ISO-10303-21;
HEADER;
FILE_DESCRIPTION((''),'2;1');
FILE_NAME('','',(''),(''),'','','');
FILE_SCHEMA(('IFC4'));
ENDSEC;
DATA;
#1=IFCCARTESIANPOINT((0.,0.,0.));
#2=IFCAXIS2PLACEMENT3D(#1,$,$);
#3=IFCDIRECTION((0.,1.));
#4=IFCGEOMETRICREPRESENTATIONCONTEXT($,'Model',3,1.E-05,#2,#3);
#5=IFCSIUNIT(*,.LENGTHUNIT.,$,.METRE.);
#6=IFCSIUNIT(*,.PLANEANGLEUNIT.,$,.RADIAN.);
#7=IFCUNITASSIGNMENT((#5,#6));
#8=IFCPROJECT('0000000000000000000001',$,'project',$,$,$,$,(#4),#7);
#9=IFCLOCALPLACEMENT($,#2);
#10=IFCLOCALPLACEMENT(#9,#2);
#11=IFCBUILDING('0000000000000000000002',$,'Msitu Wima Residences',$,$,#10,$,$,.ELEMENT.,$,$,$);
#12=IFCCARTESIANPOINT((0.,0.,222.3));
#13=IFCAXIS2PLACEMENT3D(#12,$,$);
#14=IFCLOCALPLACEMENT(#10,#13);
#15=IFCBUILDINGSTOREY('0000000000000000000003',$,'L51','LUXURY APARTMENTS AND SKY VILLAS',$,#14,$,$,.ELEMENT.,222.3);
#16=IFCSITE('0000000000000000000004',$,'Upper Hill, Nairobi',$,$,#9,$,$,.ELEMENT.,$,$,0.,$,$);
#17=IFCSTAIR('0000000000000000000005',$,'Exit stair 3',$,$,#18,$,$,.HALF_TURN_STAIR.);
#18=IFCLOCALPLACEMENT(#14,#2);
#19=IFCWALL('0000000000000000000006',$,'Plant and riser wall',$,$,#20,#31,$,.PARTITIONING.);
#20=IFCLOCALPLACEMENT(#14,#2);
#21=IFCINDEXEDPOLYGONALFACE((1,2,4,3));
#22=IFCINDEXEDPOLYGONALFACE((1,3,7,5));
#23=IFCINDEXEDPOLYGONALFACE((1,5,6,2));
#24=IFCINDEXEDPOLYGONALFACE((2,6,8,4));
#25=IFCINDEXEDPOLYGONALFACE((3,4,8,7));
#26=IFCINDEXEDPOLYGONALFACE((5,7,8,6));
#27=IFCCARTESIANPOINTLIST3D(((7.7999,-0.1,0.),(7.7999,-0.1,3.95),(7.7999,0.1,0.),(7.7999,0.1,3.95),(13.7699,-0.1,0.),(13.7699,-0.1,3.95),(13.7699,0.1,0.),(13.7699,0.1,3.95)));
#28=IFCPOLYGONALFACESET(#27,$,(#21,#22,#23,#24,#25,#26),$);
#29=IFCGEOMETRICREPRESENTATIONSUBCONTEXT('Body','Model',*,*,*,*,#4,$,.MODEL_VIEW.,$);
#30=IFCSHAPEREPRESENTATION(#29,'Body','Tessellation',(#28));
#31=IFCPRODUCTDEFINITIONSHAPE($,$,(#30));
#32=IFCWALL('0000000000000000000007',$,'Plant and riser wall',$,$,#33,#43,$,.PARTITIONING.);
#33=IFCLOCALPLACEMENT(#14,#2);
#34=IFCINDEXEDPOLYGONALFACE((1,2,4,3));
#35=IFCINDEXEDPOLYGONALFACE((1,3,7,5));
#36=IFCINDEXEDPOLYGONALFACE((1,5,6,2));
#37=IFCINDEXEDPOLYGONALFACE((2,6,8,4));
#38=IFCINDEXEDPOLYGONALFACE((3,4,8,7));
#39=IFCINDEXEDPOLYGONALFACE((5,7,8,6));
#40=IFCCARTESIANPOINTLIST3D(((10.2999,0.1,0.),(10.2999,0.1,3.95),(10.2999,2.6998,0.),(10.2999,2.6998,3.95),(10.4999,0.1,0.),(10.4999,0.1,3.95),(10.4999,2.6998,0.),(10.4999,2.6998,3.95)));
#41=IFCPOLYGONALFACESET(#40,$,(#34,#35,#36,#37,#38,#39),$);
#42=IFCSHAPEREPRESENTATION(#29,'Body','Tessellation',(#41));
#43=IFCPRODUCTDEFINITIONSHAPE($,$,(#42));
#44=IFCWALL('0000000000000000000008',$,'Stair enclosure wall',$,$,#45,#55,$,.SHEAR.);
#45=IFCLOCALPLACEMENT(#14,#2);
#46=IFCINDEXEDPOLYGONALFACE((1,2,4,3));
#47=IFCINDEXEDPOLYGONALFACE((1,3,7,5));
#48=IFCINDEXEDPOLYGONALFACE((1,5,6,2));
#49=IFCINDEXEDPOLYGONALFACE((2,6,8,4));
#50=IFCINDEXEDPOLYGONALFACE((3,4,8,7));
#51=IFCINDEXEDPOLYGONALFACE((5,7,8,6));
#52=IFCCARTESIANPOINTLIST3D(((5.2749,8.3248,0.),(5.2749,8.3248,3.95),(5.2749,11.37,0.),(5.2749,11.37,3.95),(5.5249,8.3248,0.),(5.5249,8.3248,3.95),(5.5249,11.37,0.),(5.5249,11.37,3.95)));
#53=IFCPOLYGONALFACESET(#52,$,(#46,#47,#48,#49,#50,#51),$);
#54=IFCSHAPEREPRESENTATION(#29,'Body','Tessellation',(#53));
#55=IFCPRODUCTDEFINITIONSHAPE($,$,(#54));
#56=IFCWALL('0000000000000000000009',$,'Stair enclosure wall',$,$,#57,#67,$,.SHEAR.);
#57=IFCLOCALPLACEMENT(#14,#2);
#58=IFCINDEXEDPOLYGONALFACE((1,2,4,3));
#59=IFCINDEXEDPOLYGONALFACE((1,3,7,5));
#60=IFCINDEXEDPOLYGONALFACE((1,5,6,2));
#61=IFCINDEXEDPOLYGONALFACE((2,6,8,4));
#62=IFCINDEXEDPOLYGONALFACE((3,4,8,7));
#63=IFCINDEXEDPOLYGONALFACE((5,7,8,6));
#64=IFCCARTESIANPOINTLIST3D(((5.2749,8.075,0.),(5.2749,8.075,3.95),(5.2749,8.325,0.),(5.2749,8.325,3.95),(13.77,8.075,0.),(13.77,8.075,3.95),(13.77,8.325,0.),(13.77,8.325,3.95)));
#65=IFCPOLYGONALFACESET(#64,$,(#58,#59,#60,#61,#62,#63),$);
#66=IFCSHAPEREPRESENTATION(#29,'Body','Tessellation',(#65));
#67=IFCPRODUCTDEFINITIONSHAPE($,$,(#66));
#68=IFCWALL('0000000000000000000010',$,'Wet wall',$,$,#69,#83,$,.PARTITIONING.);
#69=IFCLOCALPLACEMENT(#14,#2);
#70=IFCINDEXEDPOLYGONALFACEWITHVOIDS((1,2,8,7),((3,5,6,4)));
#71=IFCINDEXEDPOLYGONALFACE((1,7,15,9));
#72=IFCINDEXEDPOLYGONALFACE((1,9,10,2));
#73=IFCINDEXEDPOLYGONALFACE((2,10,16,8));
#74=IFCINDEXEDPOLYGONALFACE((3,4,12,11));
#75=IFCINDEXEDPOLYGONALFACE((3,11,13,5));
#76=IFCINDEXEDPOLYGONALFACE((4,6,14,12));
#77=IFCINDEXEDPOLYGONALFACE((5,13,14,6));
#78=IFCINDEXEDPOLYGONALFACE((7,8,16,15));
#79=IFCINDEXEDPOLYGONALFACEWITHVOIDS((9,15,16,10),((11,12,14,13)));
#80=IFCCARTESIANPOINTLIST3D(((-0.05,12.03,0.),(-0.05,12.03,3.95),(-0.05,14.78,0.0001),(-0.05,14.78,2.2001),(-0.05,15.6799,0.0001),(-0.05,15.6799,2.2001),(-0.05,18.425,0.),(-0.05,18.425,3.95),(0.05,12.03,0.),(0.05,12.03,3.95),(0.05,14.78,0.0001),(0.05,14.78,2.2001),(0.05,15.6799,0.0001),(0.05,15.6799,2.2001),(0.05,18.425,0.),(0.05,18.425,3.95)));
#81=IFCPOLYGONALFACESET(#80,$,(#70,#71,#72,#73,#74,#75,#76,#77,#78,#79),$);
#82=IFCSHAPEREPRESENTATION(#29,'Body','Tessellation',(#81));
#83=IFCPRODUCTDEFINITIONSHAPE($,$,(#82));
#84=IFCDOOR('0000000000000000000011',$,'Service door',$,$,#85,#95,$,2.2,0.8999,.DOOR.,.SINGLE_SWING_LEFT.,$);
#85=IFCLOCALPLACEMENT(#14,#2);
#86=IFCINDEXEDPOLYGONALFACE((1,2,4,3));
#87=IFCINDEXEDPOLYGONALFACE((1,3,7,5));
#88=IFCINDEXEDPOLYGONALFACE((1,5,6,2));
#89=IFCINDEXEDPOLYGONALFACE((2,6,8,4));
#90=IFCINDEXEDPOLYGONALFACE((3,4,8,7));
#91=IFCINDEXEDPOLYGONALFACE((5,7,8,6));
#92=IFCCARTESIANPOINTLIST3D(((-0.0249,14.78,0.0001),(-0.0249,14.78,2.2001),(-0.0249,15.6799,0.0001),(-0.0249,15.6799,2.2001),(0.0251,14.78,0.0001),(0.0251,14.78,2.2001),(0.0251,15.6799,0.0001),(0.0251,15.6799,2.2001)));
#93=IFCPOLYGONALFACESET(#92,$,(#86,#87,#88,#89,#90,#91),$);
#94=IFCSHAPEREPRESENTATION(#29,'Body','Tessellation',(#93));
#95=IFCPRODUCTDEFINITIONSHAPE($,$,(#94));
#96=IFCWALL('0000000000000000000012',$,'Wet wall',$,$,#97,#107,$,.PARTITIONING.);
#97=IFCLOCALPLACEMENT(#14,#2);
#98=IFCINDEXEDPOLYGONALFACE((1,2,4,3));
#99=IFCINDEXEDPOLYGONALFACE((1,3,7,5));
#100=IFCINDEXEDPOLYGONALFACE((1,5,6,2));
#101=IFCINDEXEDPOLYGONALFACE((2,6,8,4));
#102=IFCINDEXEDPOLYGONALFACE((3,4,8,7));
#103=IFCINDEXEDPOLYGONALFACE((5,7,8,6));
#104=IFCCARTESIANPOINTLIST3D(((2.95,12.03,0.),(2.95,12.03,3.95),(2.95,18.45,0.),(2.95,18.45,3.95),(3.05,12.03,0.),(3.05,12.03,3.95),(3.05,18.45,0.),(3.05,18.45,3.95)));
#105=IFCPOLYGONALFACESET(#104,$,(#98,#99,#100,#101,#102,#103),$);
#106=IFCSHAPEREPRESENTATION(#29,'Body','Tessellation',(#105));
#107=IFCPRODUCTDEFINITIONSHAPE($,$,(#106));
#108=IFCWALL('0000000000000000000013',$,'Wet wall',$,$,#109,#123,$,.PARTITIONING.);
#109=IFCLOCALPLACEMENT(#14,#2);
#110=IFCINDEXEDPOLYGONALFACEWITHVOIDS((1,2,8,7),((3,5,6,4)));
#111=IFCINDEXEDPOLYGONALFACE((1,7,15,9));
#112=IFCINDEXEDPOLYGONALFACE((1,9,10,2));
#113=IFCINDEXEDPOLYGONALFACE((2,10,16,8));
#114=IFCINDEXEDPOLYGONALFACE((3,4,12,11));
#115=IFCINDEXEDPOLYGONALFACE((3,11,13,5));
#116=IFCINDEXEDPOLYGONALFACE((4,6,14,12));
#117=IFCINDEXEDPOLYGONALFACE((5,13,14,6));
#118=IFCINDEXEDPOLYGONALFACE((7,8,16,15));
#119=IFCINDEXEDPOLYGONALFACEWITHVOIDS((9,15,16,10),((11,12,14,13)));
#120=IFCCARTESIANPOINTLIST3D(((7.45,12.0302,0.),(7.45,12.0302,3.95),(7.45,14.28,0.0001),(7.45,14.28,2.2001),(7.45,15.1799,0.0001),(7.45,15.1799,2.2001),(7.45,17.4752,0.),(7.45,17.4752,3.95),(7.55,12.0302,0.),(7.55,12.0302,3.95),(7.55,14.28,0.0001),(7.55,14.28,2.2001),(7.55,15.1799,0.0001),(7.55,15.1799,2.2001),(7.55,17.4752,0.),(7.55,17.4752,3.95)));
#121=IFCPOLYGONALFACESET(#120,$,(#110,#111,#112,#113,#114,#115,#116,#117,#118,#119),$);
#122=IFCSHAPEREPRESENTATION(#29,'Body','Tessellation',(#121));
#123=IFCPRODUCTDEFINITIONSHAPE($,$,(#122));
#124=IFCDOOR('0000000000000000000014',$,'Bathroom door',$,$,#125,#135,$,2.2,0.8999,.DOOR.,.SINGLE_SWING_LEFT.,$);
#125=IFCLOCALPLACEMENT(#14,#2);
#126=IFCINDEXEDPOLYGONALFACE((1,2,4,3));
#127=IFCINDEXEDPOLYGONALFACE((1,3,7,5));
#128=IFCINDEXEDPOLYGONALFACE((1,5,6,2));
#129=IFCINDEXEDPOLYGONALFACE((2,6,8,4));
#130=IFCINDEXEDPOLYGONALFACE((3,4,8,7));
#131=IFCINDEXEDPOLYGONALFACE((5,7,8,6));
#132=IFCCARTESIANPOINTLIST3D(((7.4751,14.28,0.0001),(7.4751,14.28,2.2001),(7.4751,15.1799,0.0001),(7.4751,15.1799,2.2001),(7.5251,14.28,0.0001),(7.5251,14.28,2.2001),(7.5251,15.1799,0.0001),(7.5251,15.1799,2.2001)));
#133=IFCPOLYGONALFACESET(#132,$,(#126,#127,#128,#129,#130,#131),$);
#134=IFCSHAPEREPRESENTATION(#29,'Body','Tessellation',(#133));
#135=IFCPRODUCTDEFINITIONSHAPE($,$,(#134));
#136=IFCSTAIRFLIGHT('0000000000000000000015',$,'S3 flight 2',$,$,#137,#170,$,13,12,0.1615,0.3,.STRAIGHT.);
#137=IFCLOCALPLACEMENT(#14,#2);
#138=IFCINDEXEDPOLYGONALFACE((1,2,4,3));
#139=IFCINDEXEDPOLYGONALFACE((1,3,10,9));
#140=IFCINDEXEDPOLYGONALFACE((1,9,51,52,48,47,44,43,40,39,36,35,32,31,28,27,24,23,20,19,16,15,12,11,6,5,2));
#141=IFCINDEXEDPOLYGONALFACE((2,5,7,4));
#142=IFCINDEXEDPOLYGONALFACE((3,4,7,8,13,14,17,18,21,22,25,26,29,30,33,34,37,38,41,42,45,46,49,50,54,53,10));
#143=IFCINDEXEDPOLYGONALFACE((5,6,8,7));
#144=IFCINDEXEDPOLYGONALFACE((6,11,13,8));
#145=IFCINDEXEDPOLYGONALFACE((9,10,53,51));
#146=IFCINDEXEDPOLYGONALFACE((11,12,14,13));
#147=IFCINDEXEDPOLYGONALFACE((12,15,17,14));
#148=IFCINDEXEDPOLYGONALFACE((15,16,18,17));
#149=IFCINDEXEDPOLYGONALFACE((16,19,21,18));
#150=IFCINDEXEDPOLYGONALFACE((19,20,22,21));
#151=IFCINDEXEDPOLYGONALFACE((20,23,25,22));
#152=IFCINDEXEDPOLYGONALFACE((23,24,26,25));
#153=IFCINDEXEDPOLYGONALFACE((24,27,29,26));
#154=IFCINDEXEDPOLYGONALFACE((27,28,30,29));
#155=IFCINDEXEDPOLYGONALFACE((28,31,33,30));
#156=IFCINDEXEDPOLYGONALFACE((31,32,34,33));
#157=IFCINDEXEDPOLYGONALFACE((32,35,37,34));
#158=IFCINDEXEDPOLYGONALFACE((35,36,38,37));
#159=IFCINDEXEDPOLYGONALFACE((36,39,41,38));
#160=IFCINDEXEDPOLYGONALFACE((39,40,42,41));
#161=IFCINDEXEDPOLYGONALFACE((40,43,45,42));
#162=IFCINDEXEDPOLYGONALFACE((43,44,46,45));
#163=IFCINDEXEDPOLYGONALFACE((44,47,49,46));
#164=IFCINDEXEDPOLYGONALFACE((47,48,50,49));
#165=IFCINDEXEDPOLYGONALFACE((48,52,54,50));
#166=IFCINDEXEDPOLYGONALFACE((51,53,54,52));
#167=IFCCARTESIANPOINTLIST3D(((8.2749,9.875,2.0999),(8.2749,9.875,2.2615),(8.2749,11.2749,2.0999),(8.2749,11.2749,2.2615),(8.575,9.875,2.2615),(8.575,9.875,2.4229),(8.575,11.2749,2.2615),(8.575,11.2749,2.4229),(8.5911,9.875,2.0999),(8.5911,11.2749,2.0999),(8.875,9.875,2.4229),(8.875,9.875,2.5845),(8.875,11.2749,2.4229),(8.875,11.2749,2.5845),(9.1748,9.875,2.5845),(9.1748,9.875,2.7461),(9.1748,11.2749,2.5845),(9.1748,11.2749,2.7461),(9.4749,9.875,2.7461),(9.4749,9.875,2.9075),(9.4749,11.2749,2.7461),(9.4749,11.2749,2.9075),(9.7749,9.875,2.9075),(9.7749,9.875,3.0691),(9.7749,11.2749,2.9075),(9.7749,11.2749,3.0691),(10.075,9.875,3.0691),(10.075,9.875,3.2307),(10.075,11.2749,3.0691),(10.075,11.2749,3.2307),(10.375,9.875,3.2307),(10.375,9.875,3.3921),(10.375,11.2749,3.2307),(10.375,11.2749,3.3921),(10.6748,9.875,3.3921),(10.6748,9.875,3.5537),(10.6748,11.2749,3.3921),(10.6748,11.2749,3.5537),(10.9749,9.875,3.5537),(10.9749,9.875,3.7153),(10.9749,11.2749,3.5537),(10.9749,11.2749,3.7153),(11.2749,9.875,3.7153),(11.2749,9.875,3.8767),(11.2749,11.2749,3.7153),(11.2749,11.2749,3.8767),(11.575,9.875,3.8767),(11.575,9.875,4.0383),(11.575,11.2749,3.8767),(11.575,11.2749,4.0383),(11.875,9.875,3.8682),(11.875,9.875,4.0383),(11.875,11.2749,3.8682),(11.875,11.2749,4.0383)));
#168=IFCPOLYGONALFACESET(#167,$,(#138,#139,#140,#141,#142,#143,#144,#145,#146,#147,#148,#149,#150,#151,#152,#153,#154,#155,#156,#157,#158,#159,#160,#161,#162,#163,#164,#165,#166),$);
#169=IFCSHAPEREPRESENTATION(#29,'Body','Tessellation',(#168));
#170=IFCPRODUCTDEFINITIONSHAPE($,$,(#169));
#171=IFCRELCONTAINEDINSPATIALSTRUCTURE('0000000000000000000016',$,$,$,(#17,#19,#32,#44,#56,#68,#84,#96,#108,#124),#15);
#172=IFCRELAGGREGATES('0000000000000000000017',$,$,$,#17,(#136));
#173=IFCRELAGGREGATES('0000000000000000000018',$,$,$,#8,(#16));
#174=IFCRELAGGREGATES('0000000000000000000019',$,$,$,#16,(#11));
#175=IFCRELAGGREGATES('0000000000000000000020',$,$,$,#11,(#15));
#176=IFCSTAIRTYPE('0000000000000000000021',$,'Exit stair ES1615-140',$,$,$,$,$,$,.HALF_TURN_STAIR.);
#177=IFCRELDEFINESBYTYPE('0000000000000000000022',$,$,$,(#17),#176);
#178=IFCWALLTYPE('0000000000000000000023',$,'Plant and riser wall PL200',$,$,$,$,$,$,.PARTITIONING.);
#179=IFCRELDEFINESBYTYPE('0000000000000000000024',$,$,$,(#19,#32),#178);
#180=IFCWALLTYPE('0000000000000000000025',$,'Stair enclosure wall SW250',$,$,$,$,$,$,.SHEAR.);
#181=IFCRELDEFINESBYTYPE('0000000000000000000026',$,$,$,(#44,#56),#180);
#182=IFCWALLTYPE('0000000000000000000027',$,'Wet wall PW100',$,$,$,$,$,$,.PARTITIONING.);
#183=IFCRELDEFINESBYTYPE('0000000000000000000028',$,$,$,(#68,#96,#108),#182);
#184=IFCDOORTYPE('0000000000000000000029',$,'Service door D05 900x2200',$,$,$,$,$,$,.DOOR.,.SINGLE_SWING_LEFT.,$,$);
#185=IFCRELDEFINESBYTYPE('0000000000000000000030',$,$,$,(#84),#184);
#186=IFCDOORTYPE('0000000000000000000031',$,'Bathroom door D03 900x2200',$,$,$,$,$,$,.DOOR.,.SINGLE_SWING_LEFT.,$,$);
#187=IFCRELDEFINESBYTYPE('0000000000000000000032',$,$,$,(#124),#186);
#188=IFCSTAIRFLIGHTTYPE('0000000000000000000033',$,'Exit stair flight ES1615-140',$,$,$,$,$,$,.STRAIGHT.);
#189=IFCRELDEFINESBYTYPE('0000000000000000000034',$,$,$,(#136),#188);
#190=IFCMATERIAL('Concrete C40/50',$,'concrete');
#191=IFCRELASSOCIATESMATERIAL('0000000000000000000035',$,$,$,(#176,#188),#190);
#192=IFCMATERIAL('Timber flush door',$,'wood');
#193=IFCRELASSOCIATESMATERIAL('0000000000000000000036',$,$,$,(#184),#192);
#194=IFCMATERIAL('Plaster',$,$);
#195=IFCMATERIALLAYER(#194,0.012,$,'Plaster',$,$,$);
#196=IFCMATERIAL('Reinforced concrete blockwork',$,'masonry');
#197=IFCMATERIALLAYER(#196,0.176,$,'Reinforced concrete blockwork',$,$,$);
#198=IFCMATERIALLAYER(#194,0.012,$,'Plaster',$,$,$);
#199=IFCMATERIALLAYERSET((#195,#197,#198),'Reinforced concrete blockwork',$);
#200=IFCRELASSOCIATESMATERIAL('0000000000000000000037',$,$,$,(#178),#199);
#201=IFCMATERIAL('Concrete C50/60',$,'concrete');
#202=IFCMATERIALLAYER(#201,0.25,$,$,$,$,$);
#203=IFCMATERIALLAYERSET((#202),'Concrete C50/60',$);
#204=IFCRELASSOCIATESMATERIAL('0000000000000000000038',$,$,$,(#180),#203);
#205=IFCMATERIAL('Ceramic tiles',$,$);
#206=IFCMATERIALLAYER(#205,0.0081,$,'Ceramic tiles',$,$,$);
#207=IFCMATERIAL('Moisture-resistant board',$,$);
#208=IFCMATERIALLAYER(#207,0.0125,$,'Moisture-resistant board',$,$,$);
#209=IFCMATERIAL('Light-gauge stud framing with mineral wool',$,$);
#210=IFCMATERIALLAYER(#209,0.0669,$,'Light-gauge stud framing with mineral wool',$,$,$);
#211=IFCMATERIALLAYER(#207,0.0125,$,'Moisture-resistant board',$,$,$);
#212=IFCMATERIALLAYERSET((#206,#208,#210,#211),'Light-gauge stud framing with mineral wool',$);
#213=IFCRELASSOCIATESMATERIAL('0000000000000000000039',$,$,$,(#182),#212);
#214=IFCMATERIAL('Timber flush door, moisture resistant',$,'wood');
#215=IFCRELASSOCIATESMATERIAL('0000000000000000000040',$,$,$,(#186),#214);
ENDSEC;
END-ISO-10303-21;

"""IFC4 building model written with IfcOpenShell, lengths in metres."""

from ifc_helpers import new_model, si_unit, direction, frame, frame_2d, origin, place, context, subcontext, project, spatial, polyline, rectangle, outline, extrude, material, layer, layer_set, type_object, element, fill, aggregate, save


model = new_model("IFC4")

# Units and contexts
model_context = context("Model", 3, precision=1e-05, world=origin(), true_north=direction((0.0, 1.0)))
body_context = subcontext(model_context, "Body", "Model", "MODEL_VIEW")
ifc_project = project(units=[si_unit("LENGTHUNIT", "METRE"), si_unit("PLANEANGLEUNIT", "RADIAN")], contexts=[model_context])

# Site, building, storey
site_placement = place(None, origin())
site = spatial("IfcSite", under=ifc_project, at=site_placement, Name="Upper Hill, Nairobi", CompositionType="ELEMENT", RefElevation=0.0)
building_placement = place(site_placement, origin())
building = spatial("IfcBuilding", under=site, at=building_placement, Name="Msitu Wima Residences", CompositionType="ELEMENT")
storey_placement = place(building_placement, frame((0.0, 0.0, 222.3)))
storey = spatial("IfcBuildingStorey", under=building, at=storey_placement, Name="L51", Description="LUXURY APARTMENTS AND SKY VILLAS", CompositionType="ELEMENT", Elevation=222.3)

# Shared definitions
ifc_material_1 = material(Name="Concrete C40/50", Category="concrete")

# Stair
stair_type = type_object("IfcStairType", Name="Exit stair ES1615-140", PredefinedType="HALF_TURN_STAIR", material=ifc_material_1)
stair_1_placement = place(storey_placement, origin())
stair_1 = element("IfcStair", 1, at=stair_1_placement, inside=storey, type_object=stair_type, Name="Exit stair 3", PredefinedType="HALF_TURN_STAIR")

# Shared definitions
ifc_material_2 = material(Name="Plaster")
ifc_material_3 = material(Name="Timber flush door", Category="wood")
door_type_1 = type_object("IfcDoorType", Name="Service door D05 900x2200", OperationType="SINGLE_SWING_LEFT", PredefinedType="DOOR", material=ifc_material_3)

# Walls
ifc_layer_1 = layer(ifc_material_2, 0.012, Name="Plaster")
ifc_material_4 = material(Name="Reinforced concrete blockwork", Category="masonry")
ifc_layer_2 = layer(ifc_material_4, 0.176, Name="Reinforced concrete blockwork")
ifc_layer_3 = layer(ifc_material_2, 0.012, Name="Plaster")
ifc_layer_set_1 = layer_set([ifc_layer_1, ifc_layer_2, ifc_layer_3], Name="Reinforced concrete blockwork")
wall_type_1 = type_object("IfcWallType", Name="Plant and riser wall PL200", PredefinedType="PARTITIONING", material=ifc_layer_set_1)
wall_1_placement = place(storey_placement, frame((7.8, 0.0, 0.0), z_axis=(0.0, 0.0, 1.0), x_axis=(1.0, 0.0, 0.0)))
element("IfcWall", 2, at=wall_1_placement, inside=storey, type_object=wall_type_1, Name="Plant and riser wall", PredefinedType="PARTITIONING", context=body_context, shape_type="SweptSolid", body=[
    extrude(rectangle(XDim=5.97, YDim=0.2, at=frame_2d((2.9849, 0.0))), origin(), (0.0, 0.0, 1.0), 3.95),
])
wall_2_placement = place(storey_placement, frame((10.3999, 0.1001, 0.0), z_axis=(0.0, 0.0, 1.0), x_axis=(0.0, 1.0, 0.0)))
element("IfcWall", 3, at=wall_2_placement, inside=storey, type_object=wall_type_1, Name="Plant and riser wall", PredefinedType="PARTITIONING", context=body_context, shape_type="SweptSolid", body=[
    extrude(rectangle(XDim=2.5999, YDim=0.2, at=frame_2d((1.2998, 0.0))), origin(), (0.0, 0.0, 1.0), 3.95),
])
ifc_material_5 = material(Name="Concrete C50/60", Category="concrete")
ifc_layer_4 = layer(ifc_material_5, 0.25)
ifc_layer_set_2 = layer_set([ifc_layer_4], Name="Concrete C50/60")
wall_type_2 = type_object("IfcWallType", Name="Stair enclosure wall SW250", PredefinedType="SHEAR", material=ifc_layer_set_2)
wall_3_placement = place(storey_placement, frame((5.3999, 8.325, 0.0), z_axis=(0.0, 0.0, 1.0), x_axis=(0.0, 1.0, 0.0)))
element("IfcWall", 4, at=wall_3_placement, inside=storey, type_object=wall_type_2, Name="Stair enclosure wall", PredefinedType="SHEAR", context=body_context, shape_type="SweptSolid", body=[
    extrude(rectangle(XDim=3.0452, YDim=0.25, at=frame_2d((1.5225, 0.0))), origin(), (0.0, 0.0, 1.0), 3.95),
])
wall_4_placement = place(storey_placement, frame((5.2749, 8.2, 0.0), z_axis=(0.0, 0.0, 1.0), x_axis=(1.0, 0.0, 0.0)))
element("IfcWall", 5, at=wall_4_placement, inside=storey, type_object=wall_type_2, Name="Stair enclosure wall", PredefinedType="SHEAR", context=body_context, shape_type="SweptSolid", body=[
    extrude(rectangle(XDim=8.4951, YDim=0.25, at=frame_2d((4.2476, 0.0))), origin(), (0.0, 0.0, 1.0), 3.95),
])

# Wall, opening, door
ifc_material_6 = material(Name="Ceramic tiles")
ifc_layer_5 = layer(ifc_material_6, 0.0081, Name="Ceramic tiles")
ifc_material_7 = material(Name="Moisture-resistant board")
ifc_layer_6 = layer(ifc_material_7, 0.0125, Name="Moisture-resistant board")
ifc_material_8 = material(Name="Light-gauge stud framing with mineral wool")
ifc_layer_7 = layer(ifc_material_8, 0.0669, Name="Light-gauge stud framing with mineral wool")
ifc_layer_8 = layer(ifc_material_7, 0.0125, Name="Moisture-resistant board")
ifc_layer_set_3 = layer_set([ifc_layer_5, ifc_layer_6, ifc_layer_7, ifc_layer_8], Name="Light-gauge stud framing with mineral wool")
wall_type_3 = type_object("IfcWallType", Name="Wet wall PW100", PredefinedType="PARTITIONING", material=ifc_layer_set_3)
wall_5_placement = place(storey_placement, frame((0.0, 12.03, 0.0), z_axis=(0.0, 0.0, 1.0), x_axis=(0.0, 1.0, 0.0)))
wall_5 = element("IfcWall", 6, at=wall_5_placement, inside=storey, type_object=wall_type_3, Name="Wet wall", PredefinedType="PARTITIONING", context=body_context, shape_type="SweptSolid", body=[
    extrude(rectangle(XDim=6.395, YDim=0.1001, at=frame_2d((3.1975, 0.0))), origin(), (0.0, 0.0, 1.0), 3.95),
])
opening_1_placement = place(wall_5_placement, frame((2.75, 0.0, 0.0)))
opening_1 = element("IfcOpeningElement", 7, at=opening_1_placement, cuts=wall_5, PredefinedType="OPENING", context=body_context, shape_type="SweptSolid", body=[
    extrude(rectangle(XDim=0.8999, YDim=2.2, at=frame_2d((0.45, 1.1001))), frame((0.0, 0.0601, 0.0), z_axis=(0.0, -1.0, 0.0), x_axis=(1.0, 0.0, 0.0)), (0.0, 0.0, 1.0), 0.1201),
])
door_1_placement = place(opening_1_placement, origin())
door_1 = element("IfcDoor", 8, at=door_1_placement, inside=storey, type_object=door_type_1, Name="Service door", OperationType="SINGLE_SWING_LEFT", OverallHeight=2.2, OverallWidth=0.8999, PredefinedType="DOOR", context=body_context, shape_type="SweptSolid", body=[
    extrude(rectangle(XDim=0.8999, YDim=2.2, at=frame_2d((0.45, 1.1001))), frame((0.0, 0.0249, 0.0), z_axis=(0.0, -1.0, 0.0), x_axis=(1.0, 0.0, 0.0)), (0.0, 0.0, 1.0), 0.05),
])
fill(opening_1, door_1)

# Wall
wall_6_placement = place(storey_placement, frame((3.0, 12.03, 0.0), z_axis=(0.0, 0.0, 1.0), x_axis=(0.0, 1.0, 0.0)))
element("IfcWall", 9, at=wall_6_placement, inside=storey, type_object=wall_type_3, Name="Wet wall", PredefinedType="PARTITIONING", context=body_context, shape_type="SweptSolid", body=[
    extrude(rectangle(XDim=6.4199, YDim=0.1001, at=frame_2d((3.21, 0.0))), origin(), (0.0, 0.0, 1.0), 3.95),
])

# Wall, opening, door
wall_7_placement = place(storey_placement, frame((7.5, 12.03, 0.0), z_axis=(0.0, 0.0, 1.0), x_axis=(0.0, 1.0, 0.0)))
wall_7 = element("IfcWall", 10, at=wall_7_placement, inside=storey, type_object=wall_type_3, Name="Wet wall", PredefinedType="PARTITIONING", context=body_context, shape_type="SweptSolid", body=[
    extrude(rectangle(XDim=5.4451, YDim=0.1001, at=frame_2d((2.7227, 0.0))), origin(), (0.0, 0.0, 1.0), 3.95),
])
opening_2_placement = place(wall_7_placement, frame((2.25, 0.0, 0.0)))
opening_2 = element("IfcOpeningElement", 11, at=opening_2_placement, cuts=wall_7, PredefinedType="OPENING", context=body_context, shape_type="SweptSolid", body=[
    extrude(rectangle(XDim=0.8999, YDim=2.2, at=frame_2d((0.45, 1.1001))), frame((0.0, 0.0601, 0.0), z_axis=(0.0, -1.0, 0.0), x_axis=(1.0, 0.0, 0.0)), (0.0, 0.0, 1.0), 0.1201),
])
ifc_material_9 = material(Name="Timber flush door, moisture resistant", Category="wood")
door_type_2 = type_object("IfcDoorType", Name="Bathroom door D03 900x2200", OperationType="SINGLE_SWING_LEFT", PredefinedType="DOOR", material=ifc_material_9)
door_2_placement = place(opening_2_placement, origin())
door_2 = element("IfcDoor", 12, at=door_2_placement, inside=storey, type_object=door_type_2, Name="Bathroom door", OperationType="SINGLE_SWING_LEFT", OverallHeight=2.2, OverallWidth=0.8999, PredefinedType="DOOR", context=body_context, shape_type="SweptSolid", body=[
    extrude(rectangle(XDim=0.8999, YDim=2.2, at=frame_2d((0.45, 1.1001))), frame((0.0, 0.0249, 0.0), z_axis=(0.0, -1.0, 0.0), x_axis=(1.0, 0.0, 0.0)), (0.0, 0.0, 1.0), 0.05),
])
fill(opening_2, door_2)

# Stair flight
stair_flight_type = type_object("IfcStairFlightType", Name="Exit stair flight ES1615-140", PredefinedType="STRAIGHT", material=ifc_material_1)
stair_flight_placement = place(storey_placement, frame((8.2749, 10.575, 2.0999), z_axis=(0.0, 0.0, 1.0), x_axis=(1.0, 0.0, 0.0)))
stair_flight = element("IfcStairFlight", 13, at=stair_flight_placement, type_object=stair_flight_type, Name="S3 flight 2", NumberOfRisers=13, NumberOfTreads=12, PredefinedType="STRAIGHT", RiserHeight=0.1615, TreadLength=0.3, context=body_context, shape_type="SweptSolid", body=[
    extrude(outline(polyline([(0.0, 0.0), (0.0, 0.1616), (0.3, 0.1616), (0.3, 0.323), (0.6001, 0.323), (0.6001, 0.4846), (0.8999, 0.4846), (0.8999, 0.6462), (1.2, 0.6462), (1.2, 0.8076), (1.5, 0.8076), (1.5, 0.9692), (1.8, 0.9692), (1.8, 1.1309), (2.1001, 1.1309), (2.1001, 1.2922), (2.3999, 1.2922), (2.3999, 1.4539), (2.7, 1.4539), (2.7, 1.6155), (3.0, 1.6155), (3.0, 1.7769), (3.3, 1.7769), (3.3, 1.9385), (3.6001, 1.9385), (3.6001, 2.1001), (3.6001, 1.7683), (0.3162, 0.0), (0.0, 0.0)])), frame((0.0, 0.7, 0.0), z_axis=(0.0, -1.0, 0.0), x_axis=(1.0, 0.0, 0.0)), (0.0, 0.0, 1.0), 1.3999),
])
aggregate(stair_1, [stair_flight])

save(model, "model.ifc")
